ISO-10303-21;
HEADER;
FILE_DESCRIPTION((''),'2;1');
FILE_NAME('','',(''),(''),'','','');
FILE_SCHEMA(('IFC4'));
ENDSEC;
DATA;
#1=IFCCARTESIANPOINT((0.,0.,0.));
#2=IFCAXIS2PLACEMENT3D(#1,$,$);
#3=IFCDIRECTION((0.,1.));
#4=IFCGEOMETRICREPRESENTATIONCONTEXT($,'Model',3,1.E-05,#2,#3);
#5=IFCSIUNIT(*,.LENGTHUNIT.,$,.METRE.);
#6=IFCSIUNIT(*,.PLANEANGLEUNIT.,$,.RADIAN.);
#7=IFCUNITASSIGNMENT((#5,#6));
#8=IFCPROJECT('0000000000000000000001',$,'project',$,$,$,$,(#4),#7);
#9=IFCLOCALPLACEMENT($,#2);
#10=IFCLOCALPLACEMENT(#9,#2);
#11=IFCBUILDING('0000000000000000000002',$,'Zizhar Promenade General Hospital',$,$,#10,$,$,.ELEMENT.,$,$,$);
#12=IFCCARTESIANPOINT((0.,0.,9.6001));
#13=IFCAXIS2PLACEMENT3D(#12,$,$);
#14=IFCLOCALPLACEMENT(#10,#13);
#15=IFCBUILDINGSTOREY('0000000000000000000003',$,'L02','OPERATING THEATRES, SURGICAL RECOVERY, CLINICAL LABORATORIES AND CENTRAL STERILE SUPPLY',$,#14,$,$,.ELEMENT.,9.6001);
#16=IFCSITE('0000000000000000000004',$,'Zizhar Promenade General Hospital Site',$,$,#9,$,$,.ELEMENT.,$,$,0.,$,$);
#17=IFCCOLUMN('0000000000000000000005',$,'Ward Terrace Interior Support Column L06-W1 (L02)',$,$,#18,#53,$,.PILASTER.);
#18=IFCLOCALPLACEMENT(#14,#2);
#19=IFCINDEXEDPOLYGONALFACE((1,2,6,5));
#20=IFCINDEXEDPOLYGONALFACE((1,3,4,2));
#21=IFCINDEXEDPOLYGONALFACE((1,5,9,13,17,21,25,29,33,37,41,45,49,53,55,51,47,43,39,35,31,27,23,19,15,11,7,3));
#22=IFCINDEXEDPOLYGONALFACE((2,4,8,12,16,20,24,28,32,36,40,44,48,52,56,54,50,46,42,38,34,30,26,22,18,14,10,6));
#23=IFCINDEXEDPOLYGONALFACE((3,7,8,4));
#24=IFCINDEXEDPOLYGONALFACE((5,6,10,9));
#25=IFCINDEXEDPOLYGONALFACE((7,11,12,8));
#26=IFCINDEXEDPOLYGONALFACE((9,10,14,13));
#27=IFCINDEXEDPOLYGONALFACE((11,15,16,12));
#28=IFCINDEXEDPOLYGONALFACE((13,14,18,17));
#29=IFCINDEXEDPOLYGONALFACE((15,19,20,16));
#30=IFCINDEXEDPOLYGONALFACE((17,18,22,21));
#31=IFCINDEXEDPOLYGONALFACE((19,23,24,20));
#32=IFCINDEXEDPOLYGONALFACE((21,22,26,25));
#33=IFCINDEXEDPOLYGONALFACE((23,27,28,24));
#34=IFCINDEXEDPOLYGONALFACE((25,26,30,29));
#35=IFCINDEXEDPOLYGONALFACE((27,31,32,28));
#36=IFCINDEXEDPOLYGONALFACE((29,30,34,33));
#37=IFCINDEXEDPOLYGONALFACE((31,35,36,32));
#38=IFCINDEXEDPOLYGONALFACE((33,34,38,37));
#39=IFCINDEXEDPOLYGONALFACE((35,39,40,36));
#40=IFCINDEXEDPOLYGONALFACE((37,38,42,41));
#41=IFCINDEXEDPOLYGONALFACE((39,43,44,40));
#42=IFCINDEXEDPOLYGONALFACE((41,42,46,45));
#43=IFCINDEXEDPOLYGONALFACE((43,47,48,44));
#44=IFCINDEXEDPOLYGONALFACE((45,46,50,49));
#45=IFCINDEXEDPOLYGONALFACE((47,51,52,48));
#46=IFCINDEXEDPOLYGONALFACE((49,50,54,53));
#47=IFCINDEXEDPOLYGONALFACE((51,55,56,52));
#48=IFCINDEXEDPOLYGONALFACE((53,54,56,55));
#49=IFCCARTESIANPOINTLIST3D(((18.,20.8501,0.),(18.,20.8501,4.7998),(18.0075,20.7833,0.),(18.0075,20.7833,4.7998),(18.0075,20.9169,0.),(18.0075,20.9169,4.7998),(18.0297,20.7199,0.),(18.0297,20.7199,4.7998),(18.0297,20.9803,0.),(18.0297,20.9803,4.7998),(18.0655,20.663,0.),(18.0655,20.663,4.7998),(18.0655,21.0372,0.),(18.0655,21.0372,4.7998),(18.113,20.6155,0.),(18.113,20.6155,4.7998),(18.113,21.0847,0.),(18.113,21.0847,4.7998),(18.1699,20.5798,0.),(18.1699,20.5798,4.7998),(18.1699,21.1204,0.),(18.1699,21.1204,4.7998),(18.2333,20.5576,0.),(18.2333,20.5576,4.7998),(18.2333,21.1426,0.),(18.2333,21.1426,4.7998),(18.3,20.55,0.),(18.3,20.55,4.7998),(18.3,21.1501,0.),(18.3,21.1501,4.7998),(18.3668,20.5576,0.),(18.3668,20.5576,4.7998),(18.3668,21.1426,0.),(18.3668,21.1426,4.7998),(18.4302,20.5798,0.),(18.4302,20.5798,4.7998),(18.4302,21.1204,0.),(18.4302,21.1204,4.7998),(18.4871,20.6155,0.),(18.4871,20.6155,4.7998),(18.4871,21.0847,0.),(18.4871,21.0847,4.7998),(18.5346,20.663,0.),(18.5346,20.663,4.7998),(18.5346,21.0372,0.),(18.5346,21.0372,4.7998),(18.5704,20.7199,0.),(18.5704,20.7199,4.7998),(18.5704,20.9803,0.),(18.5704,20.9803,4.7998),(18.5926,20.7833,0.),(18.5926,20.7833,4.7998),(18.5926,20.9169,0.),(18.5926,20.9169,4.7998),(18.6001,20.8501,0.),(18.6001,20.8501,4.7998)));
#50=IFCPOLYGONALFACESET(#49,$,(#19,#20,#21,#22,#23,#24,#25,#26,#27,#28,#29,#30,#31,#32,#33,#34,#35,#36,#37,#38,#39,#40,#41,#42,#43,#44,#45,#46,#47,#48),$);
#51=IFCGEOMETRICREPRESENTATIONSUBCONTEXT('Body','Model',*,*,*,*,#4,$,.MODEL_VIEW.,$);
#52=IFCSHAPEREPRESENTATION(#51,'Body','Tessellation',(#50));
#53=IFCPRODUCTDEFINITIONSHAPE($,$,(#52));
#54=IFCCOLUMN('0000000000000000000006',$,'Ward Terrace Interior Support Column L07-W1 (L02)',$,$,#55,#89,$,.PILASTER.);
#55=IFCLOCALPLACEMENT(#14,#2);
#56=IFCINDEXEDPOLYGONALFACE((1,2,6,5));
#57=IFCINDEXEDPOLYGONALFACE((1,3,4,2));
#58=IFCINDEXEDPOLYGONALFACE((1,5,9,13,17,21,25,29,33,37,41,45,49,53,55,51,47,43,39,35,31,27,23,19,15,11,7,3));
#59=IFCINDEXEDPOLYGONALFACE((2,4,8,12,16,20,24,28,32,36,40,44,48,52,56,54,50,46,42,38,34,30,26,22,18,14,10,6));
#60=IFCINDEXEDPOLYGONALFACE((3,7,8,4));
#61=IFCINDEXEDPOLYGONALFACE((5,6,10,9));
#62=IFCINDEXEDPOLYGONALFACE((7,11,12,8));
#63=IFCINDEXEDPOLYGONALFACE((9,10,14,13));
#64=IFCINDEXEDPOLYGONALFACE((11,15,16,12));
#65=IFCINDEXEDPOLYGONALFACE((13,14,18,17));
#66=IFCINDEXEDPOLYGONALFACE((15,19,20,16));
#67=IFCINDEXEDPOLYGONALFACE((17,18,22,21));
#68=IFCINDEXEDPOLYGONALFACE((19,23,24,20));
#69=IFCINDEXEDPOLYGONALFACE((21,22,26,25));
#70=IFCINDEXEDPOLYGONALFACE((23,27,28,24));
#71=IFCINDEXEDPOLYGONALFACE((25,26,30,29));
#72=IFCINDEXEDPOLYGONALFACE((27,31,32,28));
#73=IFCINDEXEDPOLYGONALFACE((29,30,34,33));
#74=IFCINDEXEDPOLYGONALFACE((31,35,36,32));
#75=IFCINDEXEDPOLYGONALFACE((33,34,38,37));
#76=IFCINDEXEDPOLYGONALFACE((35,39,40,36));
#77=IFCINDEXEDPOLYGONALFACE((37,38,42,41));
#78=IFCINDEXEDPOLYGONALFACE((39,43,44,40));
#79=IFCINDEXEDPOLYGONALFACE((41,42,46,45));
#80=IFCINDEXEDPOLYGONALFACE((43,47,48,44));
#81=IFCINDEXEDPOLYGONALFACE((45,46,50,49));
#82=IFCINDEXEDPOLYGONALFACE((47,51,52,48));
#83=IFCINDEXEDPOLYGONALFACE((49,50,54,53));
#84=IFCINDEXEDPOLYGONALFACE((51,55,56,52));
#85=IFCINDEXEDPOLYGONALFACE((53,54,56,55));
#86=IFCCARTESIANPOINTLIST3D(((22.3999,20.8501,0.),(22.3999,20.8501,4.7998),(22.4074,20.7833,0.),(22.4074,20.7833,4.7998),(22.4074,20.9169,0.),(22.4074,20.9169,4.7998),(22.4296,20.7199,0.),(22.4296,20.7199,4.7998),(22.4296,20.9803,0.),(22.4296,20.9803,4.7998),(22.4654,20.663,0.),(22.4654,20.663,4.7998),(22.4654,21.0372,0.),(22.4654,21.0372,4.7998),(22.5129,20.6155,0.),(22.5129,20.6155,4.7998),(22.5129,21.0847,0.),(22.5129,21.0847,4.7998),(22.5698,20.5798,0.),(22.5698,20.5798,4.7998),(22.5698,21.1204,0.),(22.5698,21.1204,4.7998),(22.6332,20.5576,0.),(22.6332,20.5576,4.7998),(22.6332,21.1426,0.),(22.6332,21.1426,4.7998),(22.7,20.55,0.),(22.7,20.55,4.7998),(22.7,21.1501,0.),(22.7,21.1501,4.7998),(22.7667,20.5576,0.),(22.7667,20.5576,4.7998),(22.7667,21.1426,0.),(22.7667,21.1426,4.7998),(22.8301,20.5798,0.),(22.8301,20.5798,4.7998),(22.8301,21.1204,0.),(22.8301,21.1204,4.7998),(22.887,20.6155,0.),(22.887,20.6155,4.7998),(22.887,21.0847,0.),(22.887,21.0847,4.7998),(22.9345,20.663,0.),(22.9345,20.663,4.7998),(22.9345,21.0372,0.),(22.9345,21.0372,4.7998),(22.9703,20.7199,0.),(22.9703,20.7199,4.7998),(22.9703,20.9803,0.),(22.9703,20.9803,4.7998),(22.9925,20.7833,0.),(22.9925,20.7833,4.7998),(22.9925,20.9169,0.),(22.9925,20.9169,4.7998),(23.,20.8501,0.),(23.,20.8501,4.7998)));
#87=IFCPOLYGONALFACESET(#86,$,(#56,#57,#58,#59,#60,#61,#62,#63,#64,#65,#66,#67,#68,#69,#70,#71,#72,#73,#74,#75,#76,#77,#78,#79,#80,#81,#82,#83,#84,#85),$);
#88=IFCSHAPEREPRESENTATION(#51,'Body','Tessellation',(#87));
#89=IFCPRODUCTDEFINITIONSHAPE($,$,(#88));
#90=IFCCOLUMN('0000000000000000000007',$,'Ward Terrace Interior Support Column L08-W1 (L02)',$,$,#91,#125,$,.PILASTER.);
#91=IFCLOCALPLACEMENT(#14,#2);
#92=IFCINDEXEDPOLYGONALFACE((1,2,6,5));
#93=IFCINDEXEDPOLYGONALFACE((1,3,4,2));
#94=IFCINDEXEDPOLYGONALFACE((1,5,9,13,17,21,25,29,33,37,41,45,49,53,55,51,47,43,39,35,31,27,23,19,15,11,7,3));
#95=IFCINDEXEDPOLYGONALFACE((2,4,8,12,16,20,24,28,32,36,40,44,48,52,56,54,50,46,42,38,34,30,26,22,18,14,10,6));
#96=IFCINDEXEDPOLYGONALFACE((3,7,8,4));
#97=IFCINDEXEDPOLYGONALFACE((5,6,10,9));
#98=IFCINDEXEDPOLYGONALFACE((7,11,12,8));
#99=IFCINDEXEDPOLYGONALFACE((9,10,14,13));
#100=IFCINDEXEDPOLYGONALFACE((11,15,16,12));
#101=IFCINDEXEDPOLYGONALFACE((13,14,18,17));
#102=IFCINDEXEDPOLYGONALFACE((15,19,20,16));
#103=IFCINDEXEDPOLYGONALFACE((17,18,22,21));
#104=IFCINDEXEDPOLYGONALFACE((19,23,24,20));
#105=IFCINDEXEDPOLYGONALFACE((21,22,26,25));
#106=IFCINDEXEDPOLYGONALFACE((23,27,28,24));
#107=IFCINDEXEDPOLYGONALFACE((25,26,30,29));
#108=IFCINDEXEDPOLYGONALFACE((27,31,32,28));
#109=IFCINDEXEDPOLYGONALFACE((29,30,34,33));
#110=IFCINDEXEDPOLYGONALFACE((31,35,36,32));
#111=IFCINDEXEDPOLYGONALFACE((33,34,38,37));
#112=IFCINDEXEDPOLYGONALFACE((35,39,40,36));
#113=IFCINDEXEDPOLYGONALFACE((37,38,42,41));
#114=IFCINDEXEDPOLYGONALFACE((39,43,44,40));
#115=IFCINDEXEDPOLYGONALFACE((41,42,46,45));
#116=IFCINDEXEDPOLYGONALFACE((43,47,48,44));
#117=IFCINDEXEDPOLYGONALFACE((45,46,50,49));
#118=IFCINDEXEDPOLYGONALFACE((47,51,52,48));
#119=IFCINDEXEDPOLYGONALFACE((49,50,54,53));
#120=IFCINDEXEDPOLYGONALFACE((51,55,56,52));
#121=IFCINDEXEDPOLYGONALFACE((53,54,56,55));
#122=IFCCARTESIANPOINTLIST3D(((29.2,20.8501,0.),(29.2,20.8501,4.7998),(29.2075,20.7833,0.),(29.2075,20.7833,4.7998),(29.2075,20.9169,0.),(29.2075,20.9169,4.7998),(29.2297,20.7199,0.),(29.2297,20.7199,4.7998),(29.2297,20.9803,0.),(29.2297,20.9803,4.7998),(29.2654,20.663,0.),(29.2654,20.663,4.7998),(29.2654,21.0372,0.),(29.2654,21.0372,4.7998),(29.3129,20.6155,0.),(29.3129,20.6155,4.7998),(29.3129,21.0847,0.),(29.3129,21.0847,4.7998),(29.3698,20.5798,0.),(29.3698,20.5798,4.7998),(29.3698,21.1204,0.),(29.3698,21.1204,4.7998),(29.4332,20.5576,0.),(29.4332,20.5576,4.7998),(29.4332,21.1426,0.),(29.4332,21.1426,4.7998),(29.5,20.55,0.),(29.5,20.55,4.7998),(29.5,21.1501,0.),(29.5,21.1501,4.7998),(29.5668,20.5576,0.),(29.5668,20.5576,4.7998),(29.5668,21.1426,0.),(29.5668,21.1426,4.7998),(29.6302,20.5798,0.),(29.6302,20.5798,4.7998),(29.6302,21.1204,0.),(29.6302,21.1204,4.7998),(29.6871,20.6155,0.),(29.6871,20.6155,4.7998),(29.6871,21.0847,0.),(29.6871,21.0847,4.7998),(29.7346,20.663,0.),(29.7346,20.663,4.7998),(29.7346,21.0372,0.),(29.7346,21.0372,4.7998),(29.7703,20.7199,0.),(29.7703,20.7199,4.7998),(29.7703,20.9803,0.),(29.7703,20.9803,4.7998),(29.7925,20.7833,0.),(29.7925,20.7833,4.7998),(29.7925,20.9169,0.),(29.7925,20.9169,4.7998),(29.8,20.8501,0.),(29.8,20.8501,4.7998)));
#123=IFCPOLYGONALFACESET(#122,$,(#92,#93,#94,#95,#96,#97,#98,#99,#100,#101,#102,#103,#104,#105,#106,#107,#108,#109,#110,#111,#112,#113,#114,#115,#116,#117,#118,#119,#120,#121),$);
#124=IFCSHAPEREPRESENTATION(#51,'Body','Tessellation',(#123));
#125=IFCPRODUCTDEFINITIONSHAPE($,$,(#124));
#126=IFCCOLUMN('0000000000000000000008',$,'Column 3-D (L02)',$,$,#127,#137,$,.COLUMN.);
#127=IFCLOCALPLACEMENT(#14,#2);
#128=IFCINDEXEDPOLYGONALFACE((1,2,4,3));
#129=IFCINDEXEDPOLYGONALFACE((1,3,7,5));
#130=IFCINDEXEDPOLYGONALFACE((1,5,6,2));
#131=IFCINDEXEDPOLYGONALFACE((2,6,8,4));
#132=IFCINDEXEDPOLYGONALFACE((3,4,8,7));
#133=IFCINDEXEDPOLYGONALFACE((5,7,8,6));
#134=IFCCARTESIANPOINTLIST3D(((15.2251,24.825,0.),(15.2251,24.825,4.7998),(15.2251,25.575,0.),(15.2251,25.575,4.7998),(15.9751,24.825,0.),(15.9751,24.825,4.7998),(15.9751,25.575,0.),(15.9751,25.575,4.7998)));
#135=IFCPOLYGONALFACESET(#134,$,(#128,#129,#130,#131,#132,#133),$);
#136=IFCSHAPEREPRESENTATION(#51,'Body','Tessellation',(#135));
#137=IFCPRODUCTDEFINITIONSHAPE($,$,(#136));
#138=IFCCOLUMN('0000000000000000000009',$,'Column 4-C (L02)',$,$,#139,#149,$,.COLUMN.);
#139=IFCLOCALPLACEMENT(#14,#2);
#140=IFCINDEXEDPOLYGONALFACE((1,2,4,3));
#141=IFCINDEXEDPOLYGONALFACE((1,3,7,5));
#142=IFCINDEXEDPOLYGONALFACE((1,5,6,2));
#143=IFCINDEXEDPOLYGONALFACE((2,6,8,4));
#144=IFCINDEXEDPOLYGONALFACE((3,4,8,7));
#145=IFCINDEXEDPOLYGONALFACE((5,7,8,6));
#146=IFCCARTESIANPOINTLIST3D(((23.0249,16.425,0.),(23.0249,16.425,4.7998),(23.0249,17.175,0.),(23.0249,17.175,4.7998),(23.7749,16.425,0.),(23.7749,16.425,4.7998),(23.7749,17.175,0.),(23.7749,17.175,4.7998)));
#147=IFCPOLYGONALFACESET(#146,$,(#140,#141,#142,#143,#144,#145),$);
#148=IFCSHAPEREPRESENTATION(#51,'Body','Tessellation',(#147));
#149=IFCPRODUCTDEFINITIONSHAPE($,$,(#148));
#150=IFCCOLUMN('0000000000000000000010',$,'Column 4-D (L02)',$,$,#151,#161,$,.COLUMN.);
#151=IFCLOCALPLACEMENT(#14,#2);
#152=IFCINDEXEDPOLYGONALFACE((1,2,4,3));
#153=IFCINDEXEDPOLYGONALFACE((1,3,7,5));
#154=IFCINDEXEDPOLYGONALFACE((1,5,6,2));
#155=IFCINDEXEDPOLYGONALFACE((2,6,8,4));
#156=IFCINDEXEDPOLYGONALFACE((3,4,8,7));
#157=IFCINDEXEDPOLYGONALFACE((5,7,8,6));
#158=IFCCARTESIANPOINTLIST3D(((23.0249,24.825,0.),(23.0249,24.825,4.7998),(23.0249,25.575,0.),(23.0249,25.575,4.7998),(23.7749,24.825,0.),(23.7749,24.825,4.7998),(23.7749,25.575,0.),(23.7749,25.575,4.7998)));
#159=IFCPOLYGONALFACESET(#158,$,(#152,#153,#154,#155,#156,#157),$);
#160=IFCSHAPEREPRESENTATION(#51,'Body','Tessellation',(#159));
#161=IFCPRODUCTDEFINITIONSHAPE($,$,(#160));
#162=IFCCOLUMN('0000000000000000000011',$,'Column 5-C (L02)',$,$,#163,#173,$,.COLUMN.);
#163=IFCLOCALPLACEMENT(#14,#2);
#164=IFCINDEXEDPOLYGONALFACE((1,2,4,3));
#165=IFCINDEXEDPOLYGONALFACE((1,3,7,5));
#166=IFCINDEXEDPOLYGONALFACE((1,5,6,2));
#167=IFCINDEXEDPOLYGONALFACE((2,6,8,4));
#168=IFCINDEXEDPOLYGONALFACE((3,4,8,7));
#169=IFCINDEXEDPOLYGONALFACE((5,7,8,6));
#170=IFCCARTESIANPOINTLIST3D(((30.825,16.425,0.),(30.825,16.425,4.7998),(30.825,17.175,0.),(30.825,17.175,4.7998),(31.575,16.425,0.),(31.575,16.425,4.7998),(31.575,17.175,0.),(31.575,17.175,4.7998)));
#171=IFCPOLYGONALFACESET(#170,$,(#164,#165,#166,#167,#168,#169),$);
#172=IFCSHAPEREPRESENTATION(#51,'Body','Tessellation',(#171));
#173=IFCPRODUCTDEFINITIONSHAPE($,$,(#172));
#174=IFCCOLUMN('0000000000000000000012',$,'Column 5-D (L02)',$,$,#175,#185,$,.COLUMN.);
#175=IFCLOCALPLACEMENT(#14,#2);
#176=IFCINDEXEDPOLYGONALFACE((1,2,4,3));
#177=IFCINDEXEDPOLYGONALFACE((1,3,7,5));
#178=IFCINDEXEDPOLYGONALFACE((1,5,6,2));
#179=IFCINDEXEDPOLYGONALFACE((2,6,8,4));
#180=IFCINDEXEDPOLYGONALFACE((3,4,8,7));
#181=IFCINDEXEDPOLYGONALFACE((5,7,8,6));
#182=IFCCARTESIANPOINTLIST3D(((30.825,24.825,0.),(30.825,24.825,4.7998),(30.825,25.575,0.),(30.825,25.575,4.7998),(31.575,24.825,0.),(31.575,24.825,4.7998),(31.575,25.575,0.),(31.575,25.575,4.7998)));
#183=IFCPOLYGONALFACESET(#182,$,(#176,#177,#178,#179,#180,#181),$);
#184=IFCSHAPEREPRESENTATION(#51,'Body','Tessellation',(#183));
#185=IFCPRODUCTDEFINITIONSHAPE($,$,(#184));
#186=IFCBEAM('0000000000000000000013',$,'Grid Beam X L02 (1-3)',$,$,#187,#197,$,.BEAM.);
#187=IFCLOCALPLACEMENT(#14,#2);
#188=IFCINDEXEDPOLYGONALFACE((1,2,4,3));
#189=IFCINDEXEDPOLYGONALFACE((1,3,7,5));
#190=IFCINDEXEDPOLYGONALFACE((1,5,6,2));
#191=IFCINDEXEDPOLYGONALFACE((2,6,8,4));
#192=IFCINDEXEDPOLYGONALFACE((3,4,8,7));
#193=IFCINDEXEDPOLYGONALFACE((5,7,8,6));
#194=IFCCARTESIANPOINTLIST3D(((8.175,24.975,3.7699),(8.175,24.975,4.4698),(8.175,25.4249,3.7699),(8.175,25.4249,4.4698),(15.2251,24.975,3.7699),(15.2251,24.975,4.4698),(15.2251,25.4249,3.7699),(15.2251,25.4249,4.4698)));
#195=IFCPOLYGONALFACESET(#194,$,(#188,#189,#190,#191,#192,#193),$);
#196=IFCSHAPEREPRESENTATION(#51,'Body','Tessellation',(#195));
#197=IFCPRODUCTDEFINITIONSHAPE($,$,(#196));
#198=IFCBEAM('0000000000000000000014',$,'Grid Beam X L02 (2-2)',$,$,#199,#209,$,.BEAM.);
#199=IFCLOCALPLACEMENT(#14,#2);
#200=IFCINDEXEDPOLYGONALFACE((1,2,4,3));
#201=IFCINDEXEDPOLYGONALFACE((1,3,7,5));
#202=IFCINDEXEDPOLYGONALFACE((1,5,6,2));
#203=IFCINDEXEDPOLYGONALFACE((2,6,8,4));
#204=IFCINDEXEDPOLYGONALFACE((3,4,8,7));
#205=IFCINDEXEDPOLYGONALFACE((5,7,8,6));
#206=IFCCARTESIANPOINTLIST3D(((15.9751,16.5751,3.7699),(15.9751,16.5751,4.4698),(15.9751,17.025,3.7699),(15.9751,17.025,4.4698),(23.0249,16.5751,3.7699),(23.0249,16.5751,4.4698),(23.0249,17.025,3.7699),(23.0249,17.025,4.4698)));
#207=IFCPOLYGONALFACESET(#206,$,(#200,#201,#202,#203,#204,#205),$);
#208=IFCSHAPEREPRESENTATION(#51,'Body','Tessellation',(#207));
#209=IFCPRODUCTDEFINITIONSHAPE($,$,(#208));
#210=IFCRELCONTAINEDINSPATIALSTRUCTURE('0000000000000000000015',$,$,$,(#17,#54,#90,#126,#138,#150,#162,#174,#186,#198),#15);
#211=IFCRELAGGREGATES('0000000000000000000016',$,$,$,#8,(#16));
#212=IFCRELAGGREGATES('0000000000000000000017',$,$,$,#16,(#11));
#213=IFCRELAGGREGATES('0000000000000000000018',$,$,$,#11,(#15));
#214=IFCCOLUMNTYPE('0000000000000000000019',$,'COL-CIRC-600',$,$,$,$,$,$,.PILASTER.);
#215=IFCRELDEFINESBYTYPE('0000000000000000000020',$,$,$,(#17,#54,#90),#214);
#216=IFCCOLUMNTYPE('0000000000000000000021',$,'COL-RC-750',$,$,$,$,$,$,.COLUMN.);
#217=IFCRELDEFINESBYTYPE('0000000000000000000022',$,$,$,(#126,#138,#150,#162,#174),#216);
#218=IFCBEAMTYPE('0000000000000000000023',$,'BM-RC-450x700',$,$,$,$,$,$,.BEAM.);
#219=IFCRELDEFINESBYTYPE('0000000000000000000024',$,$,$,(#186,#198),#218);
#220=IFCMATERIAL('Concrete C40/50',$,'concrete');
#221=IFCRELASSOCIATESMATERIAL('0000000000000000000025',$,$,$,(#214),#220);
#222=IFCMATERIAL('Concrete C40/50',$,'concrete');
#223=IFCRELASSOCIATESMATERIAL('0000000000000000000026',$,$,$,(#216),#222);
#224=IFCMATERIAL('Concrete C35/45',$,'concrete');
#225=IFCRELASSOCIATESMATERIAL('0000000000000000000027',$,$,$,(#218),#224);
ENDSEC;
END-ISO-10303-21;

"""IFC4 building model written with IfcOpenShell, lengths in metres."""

from ifc_helpers import new_model, si_unit, direction, frame, origin, origin_2d, place, context, subcontext, project, spatial, rectangle, circle, extrude, material, material_profile, profile_set, type_object, element, save


model = new_model("IFC4")

# Units and contexts
model_context = context("Model", 3, precision=1e-05, world=origin(), true_north=direction((0.0, 1.0)))
body_context = subcontext(model_context, "Body", "Model", "MODEL_VIEW")
ifc_project = project(units=[si_unit("LENGTHUNIT", "METRE"), si_unit("PLANEANGLEUNIT", "RADIAN")], contexts=[model_context])

# Site, building, storey
site_placement = place(None, origin())
site = spatial("IfcSite", under=ifc_project, at=site_placement, Name="Zizhar Promenade General Hospital Site", CompositionType="ELEMENT", RefElevation=0.0)
building_placement = place(site_placement, origin())
building = spatial("IfcBuilding", under=site, at=building_placement, Name="Zizhar Promenade General Hospital", CompositionType="ELEMENT")
storey_placement = place(building_placement, frame((0.0, 0.0, 9.6001)))
storey = spatial("IfcBuildingStorey", under=building, at=storey_placement, Name="L02", Description="OPERATING THEATRES, SURGICAL RECOVERY, CLINICAL LABORATORIES AND CENTRAL STERILE SUPPLY", CompositionType="ELEMENT", Elevation=9.6001)

# Columns
ifc_material_1 = material(Name="Concrete C40/50", Category="concrete")
ifc_material_profile_1 = material_profile(ifc_material_1, circle(Radius=0.3, at=origin_2d()))
ifc_profile_set_1 = profile_set([ifc_material_profile_1], Name="Concrete C40/50")
column_type_1 = type_object("IfcColumnType", Name="COL-CIRC-600", PredefinedType="PILASTER", material=ifc_profile_set_1)
for number, where, z_axis, x_axis, name in (
    (1, (18.3, 20.8501, 0.0), (0.0, 0.0, 1.0), (1.0, 0.0, 0.0), "Ward Terrace Interior Support Column L06-W1 (L02)"),
    (2, (22.7, 20.8501, 0.0), (0.0, 0.0, 1.0), (1.0, 0.0, 0.0), "Ward Terrace Interior Support Column L07-W1 (L02)"),
    (3, (29.5, 20.8501, 0.0), (0.0, 0.0, 1.0), (1.0, 0.0, 0.0), "Ward Terrace Interior Support Column L08-W1 (L02)"),
):
    element("IfcColumn", number, at=place(storey_placement, frame(where, z_axis=z_axis, x_axis=x_axis)), inside=storey, type_object=column_type_1, Name=name, PredefinedType="PILASTER", context=body_context, shape_type="SweptSolid", body=[
        extrude(circle(Radius=0.3, at=origin_2d()), origin(), (0.0, 0.0, 1.0), 4.7998),
    ])
ifc_material_2 = material(Name="Concrete C40/50", Category="concrete")
ifc_material_profile_2 = material_profile(ifc_material_2, rectangle(XDim=0.75, YDim=0.75, at=origin_2d()))
ifc_profile_set_2 = profile_set([ifc_material_profile_2], Name="Concrete C40/50")
column_type_2 = type_object("IfcColumnType", Name="COL-RC-750", PredefinedType="COLUMN", material=ifc_profile_set_2)
for number, where, z_axis, x_axis, name in (
    (4, (15.6001, 25.2, 0.0), (0.0, 0.0, 1.0), (1.0, 0.0, 0.0), "Column 3-D (L02)"),
    (5, (23.3999, 16.8, 0.0), (0.0, 0.0, 1.0), (1.0, 0.0, 0.0), "Column 4-C (L02)"),
    (6, (23.3999, 25.2, 0.0), (0.0, 0.0, 1.0), (1.0, 0.0, 0.0), "Column 4-D (L02)"),
    (7, (31.2, 16.8, 0.0), (0.0, 0.0, 1.0), (1.0, 0.0, 0.0), "Column 5-C (L02)"),
    (8, (31.2, 25.2, 0.0), (0.0, 0.0, 1.0), (1.0, 0.0, 0.0), "Column 5-D (L02)"),
):
    element("IfcColumn", number, at=place(storey_placement, frame(where, z_axis=z_axis, x_axis=x_axis)), inside=storey, type_object=column_type_2, Name=name, PredefinedType="COLUMN", context=body_context, shape_type="SweptSolid", body=[
        extrude(rectangle(XDim=0.75, YDim=0.75, at=origin_2d()), origin(), (0.0, 0.0, 1.0), 4.7998),
    ])

# Beams
ifc_material_3 = material(Name="Concrete C35/45", Category="concrete")
ifc_material_profile_3 = material_profile(ifc_material_3, rectangle(XDim=0.45, YDim=0.7, at=origin_2d()))
ifc_profile_set_3 = profile_set([ifc_material_profile_3], Name="Concrete C35/45")
beam_type_1 = type_object("IfcBeamType", Name="BM-RC-450x700", PredefinedType="BEAM", material=ifc_profile_set_3)
beam_1_placement = place(storey_placement, frame((8.175, 25.2, 4.1199), z_axis=(1.0, 0.0, 0.0), x_axis=(0.0, 1.0, 0.0)))
element("IfcBeam", 9, at=beam_1_placement, inside=storey, type_object=beam_type_1, Name="Grid Beam X L02 (1-3)", PredefinedType="BEAM", context=body_context, shape_type="SweptSolid", body=[
    extrude(rectangle(XDim=0.45, YDim=0.7, at=origin_2d()), origin(), (0.0, 0.0, 1.0), 7.05),
])
for number, where, z_axis, x_axis, name in (
    (10, (15.9751, 16.8, 4.1199), (1.0, 0.0, 0.0), (0.0, 1.0, 0.0), "Grid Beam X L02 (2-2)"),
):
    element("IfcBeam", number, at=place(storey_placement, frame(where, z_axis=z_axis, x_axis=x_axis)), inside=storey, type_object=beam_type_1, Name=name, PredefinedType="BEAM", context=body_context, shape_type="SweptSolid", body=[
        extrude(rectangle(XDim=0.45, YDim=0.7, at=origin_2d()), origin(), (0.0, 0.0, 1.0), 7.0498),
    ])

save(model, "model.ifc")
